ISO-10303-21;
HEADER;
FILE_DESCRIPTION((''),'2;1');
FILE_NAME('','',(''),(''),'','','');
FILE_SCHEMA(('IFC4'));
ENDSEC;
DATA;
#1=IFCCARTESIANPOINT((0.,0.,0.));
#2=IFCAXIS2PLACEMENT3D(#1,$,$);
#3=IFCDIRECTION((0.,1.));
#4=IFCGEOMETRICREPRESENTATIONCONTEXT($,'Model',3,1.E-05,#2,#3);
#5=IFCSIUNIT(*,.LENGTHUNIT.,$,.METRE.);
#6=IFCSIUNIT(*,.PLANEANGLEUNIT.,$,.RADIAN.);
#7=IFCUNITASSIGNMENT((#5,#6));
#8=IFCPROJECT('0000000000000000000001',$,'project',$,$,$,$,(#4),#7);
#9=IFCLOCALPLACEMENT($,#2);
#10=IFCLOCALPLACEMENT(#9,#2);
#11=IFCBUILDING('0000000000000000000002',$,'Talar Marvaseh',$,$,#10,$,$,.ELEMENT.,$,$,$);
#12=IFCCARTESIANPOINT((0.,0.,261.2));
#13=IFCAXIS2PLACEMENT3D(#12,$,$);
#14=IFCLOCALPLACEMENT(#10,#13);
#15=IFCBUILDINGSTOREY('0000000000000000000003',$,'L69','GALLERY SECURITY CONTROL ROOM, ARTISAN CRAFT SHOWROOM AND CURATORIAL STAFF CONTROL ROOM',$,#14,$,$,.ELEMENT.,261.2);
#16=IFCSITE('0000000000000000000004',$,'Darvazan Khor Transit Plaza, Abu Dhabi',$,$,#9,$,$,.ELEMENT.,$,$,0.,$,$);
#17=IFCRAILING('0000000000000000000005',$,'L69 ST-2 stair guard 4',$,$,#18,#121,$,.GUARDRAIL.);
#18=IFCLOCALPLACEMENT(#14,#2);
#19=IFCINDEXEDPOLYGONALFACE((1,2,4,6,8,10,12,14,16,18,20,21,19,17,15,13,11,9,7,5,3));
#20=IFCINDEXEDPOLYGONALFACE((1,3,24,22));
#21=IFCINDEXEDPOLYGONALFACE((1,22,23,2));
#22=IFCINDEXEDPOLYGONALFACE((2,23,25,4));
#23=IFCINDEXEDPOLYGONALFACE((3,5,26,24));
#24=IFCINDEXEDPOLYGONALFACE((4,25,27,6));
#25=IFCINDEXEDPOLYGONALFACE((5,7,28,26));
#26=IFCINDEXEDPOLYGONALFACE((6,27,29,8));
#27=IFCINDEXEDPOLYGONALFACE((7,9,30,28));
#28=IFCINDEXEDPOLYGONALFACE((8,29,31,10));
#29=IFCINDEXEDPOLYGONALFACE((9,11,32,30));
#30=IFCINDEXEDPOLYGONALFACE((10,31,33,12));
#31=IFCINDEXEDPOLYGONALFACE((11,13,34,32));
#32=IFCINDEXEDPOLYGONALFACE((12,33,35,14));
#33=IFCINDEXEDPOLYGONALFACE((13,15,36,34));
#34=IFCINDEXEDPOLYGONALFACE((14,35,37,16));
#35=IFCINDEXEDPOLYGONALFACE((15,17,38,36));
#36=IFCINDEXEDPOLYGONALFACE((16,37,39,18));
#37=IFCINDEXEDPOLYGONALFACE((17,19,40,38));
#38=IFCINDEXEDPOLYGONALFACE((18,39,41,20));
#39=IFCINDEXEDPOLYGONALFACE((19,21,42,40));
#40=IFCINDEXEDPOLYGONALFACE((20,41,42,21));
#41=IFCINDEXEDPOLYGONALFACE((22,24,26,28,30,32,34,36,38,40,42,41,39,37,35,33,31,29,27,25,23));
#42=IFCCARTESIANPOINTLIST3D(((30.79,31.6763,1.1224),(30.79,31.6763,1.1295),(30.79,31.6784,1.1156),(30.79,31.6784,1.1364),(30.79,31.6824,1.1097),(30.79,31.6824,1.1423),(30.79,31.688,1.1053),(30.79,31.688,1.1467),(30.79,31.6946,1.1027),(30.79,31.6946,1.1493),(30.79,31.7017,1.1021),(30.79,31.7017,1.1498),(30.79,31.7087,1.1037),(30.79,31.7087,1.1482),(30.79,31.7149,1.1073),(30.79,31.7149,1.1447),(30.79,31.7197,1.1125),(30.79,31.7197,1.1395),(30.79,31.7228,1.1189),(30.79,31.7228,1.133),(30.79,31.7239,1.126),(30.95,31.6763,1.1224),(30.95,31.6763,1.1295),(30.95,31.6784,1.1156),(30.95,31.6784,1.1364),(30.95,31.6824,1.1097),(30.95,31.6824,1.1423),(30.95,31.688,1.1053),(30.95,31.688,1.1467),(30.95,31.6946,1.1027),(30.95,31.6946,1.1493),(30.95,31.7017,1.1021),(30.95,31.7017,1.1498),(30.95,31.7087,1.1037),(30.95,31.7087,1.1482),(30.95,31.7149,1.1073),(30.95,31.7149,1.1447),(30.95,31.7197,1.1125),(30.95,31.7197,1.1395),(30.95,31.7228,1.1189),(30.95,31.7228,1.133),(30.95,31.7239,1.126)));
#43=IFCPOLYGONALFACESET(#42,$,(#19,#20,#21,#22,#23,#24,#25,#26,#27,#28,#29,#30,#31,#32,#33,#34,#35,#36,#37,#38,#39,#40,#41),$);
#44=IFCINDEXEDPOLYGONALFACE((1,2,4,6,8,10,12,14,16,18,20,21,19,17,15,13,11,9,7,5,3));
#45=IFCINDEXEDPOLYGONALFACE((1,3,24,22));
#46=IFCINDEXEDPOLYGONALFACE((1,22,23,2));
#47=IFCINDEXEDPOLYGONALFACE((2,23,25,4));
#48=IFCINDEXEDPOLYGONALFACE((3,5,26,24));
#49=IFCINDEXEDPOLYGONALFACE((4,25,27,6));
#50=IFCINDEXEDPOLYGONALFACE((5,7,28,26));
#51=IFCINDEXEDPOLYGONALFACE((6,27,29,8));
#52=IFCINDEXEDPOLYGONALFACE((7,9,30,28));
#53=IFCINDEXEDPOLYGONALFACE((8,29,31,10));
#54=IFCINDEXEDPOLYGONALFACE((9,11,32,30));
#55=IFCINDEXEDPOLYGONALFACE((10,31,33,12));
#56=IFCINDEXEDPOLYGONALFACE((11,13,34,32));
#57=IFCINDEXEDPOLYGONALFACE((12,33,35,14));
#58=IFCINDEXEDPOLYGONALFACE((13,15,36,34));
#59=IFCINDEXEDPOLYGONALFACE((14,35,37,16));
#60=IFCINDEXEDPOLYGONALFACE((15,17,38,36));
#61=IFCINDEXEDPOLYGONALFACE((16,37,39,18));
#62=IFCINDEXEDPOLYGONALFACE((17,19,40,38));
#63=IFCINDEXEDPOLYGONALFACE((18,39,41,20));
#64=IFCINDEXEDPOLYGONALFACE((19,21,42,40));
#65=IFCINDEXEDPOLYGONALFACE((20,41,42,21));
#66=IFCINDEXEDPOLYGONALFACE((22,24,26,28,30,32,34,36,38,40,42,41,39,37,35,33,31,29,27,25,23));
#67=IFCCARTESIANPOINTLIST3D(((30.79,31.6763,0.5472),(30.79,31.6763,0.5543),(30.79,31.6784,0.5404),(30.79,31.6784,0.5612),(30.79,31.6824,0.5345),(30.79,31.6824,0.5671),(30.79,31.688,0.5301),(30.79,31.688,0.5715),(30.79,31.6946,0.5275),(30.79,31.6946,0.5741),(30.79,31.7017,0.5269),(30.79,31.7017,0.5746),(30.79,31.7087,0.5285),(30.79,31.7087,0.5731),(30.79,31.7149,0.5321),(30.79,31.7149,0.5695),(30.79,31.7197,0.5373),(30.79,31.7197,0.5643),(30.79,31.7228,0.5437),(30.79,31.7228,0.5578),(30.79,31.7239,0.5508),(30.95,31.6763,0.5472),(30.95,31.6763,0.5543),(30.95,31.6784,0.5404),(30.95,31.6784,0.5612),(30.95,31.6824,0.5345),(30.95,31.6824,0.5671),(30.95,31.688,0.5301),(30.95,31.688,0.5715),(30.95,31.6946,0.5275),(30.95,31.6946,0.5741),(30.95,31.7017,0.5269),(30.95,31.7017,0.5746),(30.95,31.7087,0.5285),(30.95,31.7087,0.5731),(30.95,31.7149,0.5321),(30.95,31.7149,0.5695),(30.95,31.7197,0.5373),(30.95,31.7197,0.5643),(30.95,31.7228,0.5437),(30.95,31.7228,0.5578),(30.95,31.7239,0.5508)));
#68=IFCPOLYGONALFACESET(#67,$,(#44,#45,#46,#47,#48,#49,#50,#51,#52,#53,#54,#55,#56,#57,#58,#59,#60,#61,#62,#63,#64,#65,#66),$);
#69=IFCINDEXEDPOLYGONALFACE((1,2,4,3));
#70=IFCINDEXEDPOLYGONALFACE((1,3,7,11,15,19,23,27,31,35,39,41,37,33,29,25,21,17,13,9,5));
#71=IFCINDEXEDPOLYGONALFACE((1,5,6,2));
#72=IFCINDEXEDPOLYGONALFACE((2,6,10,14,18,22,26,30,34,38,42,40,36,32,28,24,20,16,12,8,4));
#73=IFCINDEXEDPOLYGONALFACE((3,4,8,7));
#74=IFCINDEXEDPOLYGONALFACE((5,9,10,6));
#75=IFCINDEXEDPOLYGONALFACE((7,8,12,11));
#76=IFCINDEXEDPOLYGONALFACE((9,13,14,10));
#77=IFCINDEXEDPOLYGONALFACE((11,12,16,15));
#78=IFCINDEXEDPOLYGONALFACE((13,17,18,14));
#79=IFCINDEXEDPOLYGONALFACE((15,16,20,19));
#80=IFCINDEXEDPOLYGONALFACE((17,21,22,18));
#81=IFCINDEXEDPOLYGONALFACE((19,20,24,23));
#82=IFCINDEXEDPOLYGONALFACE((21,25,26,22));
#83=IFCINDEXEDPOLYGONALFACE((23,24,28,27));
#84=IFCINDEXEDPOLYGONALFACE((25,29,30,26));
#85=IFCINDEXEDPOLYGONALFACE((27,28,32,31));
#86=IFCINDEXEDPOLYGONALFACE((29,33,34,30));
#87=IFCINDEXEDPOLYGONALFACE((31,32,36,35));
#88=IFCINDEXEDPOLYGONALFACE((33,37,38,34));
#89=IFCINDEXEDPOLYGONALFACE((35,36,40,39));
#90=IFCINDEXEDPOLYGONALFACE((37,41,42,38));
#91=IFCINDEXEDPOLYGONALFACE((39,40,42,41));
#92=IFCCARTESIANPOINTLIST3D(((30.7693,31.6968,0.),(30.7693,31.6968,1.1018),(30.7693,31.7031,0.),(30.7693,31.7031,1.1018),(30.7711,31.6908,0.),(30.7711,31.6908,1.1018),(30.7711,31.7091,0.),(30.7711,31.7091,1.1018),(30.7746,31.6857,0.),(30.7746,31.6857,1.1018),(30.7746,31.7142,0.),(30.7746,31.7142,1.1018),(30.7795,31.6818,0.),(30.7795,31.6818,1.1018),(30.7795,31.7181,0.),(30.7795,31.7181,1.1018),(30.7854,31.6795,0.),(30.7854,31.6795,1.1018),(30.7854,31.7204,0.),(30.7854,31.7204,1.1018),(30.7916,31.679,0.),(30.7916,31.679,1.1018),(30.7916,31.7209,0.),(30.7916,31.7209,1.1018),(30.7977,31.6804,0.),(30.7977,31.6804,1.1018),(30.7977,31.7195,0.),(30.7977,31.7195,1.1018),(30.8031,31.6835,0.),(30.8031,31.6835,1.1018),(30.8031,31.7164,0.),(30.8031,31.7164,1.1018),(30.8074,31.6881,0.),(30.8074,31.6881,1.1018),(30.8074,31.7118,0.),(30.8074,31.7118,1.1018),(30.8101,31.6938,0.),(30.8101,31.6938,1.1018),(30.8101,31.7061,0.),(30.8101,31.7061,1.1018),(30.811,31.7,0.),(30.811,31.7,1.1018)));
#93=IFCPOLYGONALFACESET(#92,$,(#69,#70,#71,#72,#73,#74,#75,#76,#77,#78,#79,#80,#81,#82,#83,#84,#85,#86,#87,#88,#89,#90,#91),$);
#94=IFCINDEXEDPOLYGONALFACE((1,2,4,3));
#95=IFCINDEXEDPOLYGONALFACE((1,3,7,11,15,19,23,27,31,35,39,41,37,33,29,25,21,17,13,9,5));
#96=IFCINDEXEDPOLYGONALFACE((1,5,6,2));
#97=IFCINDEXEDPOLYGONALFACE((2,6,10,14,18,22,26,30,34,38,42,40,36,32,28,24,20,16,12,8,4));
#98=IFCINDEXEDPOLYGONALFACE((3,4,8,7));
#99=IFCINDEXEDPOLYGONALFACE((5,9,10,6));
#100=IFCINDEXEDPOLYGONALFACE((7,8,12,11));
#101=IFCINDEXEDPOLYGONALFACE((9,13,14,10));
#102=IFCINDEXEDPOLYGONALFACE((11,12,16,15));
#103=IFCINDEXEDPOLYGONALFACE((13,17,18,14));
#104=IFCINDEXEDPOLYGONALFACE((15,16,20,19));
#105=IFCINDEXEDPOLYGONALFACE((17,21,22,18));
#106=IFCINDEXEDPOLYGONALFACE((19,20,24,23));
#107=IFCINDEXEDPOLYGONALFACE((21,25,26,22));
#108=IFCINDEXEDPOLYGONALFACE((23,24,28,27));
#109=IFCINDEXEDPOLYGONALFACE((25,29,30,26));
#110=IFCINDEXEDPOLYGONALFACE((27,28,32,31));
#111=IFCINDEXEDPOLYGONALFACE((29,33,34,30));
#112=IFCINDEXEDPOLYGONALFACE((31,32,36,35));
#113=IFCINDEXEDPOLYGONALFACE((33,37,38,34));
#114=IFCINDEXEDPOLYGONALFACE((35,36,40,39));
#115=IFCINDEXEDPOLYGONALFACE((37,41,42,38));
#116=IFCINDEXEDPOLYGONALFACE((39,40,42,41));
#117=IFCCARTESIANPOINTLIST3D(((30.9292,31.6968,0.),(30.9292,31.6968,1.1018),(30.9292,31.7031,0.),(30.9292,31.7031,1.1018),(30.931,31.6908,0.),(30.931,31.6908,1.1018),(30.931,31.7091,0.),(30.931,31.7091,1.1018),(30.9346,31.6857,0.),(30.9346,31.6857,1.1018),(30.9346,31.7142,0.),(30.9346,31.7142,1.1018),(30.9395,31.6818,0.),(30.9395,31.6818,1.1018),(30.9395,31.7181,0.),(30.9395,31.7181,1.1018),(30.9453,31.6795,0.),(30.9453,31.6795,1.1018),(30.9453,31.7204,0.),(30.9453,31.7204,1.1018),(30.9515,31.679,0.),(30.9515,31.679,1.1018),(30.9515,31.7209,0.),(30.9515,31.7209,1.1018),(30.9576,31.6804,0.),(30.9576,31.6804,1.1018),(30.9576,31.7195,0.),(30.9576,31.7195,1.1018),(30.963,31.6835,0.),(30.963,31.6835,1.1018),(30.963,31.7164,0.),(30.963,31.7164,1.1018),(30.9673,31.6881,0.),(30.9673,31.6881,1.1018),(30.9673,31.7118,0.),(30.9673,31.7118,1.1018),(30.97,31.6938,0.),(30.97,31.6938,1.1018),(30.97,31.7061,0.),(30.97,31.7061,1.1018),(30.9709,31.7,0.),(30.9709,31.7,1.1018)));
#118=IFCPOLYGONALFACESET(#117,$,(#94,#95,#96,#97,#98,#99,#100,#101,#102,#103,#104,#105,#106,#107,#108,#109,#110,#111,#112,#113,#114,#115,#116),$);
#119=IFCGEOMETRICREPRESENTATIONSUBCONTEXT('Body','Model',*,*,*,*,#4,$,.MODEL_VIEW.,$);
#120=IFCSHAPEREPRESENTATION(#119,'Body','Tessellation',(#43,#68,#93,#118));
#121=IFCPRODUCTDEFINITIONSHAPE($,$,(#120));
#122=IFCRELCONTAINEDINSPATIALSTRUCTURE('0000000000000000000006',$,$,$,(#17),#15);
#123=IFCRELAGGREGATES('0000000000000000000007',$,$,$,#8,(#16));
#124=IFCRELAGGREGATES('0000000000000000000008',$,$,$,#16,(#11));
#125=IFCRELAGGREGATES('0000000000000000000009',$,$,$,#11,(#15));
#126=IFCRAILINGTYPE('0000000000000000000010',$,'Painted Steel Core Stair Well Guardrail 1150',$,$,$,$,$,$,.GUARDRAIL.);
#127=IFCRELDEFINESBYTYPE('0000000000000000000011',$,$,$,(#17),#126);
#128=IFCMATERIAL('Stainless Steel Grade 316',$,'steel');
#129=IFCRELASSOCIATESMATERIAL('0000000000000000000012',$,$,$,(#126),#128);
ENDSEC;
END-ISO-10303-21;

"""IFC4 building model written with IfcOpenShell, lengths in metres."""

from ifc_helpers import new_model, si_unit, direction, frame, origin, origin_2d, place, context, subcontext, project, spatial, circle, extrude, material, type_object, element, save


model = new_model("IFC4")

# Units and contexts
model_context = context("Model", 3, precision=1e-05, world=origin(), true_north=direction((0.0, 1.0)))
body_context = subcontext(model_context, "Body", "Model", "MODEL_VIEW")
ifc_project = project(units=[si_unit("LENGTHUNIT", "METRE"), si_unit("PLANEANGLEUNIT", "RADIAN")], contexts=[model_context])

# Site, building, storey
site_placement = place(None, origin())
site = spatial("IfcSite", under=ifc_project, at=site_placement, Name="Darvazan Khor Transit Plaza, Abu Dhabi", CompositionType="ELEMENT", RefElevation=0.0)
building_placement = place(site_placement, origin())
building = spatial("IfcBuilding", under=site, at=building_placement, Name="Talar Marvaseh", CompositionType="ELEMENT")
storey_placement = place(building_placement, frame((0.0, 0.0, 261.2)))
storey = spatial("IfcBuildingStorey", under=building, at=storey_placement, Name="L69", Description="GALLERY SECURITY CONTROL ROOM, ARTISAN CRAFT SHOWROOM AND CURATORIAL STAFF CONTROL ROOM", CompositionType="ELEMENT", Elevation=261.2)

# Shared definitions
ifc_material_1 = material(Name="Stainless Steel Grade 316", Category="steel")

# Railing
railing_type_1 = type_object("IfcRailingType", Name="Painted Steel Core Stair Well Guardrail 1150", PredefinedType="GUARDRAIL", material=ifc_material_1)
railing_1_placement = place(storey_placement, frame((30.79, 31.7, 0.0)))
element("IfcRailing", 1, at=railing_1_placement, inside=storey, type_object=railing_type_1, Name="L69 ST-2 stair guard 4", PredefinedType="GUARDRAIL", context=body_context, shape_type="SweptSolid", body=[
    extrude(circle(Radius=0.0239, at=origin_2d()), frame((0.0, 0.0, 1.126), z_axis=(1.0, 0.0, 0.0), x_axis=(0.0, 1.0, 0.0)), (0.0, 0.0, 1.0), 0.1599),
    extrude(circle(Radius=0.0239, at=origin_2d()), frame((0.0, 0.0, 0.5508), z_axis=(1.0, 0.0, 0.0), x_axis=(0.0, 1.0, 0.0)), (0.0, 0.0, 1.0), 0.1599),
    extrude(circle(Radius=0.021, at=origin_2d()), origin(), (0.0, 0.0, 1.0), 1.1018),
    extrude(circle(Radius=0.021, at=origin_2d()), frame((0.1599, 0.0, 0.0)), (0.0, 0.0, 1.0), 1.1018),
])

save(model, "model.ifc")
